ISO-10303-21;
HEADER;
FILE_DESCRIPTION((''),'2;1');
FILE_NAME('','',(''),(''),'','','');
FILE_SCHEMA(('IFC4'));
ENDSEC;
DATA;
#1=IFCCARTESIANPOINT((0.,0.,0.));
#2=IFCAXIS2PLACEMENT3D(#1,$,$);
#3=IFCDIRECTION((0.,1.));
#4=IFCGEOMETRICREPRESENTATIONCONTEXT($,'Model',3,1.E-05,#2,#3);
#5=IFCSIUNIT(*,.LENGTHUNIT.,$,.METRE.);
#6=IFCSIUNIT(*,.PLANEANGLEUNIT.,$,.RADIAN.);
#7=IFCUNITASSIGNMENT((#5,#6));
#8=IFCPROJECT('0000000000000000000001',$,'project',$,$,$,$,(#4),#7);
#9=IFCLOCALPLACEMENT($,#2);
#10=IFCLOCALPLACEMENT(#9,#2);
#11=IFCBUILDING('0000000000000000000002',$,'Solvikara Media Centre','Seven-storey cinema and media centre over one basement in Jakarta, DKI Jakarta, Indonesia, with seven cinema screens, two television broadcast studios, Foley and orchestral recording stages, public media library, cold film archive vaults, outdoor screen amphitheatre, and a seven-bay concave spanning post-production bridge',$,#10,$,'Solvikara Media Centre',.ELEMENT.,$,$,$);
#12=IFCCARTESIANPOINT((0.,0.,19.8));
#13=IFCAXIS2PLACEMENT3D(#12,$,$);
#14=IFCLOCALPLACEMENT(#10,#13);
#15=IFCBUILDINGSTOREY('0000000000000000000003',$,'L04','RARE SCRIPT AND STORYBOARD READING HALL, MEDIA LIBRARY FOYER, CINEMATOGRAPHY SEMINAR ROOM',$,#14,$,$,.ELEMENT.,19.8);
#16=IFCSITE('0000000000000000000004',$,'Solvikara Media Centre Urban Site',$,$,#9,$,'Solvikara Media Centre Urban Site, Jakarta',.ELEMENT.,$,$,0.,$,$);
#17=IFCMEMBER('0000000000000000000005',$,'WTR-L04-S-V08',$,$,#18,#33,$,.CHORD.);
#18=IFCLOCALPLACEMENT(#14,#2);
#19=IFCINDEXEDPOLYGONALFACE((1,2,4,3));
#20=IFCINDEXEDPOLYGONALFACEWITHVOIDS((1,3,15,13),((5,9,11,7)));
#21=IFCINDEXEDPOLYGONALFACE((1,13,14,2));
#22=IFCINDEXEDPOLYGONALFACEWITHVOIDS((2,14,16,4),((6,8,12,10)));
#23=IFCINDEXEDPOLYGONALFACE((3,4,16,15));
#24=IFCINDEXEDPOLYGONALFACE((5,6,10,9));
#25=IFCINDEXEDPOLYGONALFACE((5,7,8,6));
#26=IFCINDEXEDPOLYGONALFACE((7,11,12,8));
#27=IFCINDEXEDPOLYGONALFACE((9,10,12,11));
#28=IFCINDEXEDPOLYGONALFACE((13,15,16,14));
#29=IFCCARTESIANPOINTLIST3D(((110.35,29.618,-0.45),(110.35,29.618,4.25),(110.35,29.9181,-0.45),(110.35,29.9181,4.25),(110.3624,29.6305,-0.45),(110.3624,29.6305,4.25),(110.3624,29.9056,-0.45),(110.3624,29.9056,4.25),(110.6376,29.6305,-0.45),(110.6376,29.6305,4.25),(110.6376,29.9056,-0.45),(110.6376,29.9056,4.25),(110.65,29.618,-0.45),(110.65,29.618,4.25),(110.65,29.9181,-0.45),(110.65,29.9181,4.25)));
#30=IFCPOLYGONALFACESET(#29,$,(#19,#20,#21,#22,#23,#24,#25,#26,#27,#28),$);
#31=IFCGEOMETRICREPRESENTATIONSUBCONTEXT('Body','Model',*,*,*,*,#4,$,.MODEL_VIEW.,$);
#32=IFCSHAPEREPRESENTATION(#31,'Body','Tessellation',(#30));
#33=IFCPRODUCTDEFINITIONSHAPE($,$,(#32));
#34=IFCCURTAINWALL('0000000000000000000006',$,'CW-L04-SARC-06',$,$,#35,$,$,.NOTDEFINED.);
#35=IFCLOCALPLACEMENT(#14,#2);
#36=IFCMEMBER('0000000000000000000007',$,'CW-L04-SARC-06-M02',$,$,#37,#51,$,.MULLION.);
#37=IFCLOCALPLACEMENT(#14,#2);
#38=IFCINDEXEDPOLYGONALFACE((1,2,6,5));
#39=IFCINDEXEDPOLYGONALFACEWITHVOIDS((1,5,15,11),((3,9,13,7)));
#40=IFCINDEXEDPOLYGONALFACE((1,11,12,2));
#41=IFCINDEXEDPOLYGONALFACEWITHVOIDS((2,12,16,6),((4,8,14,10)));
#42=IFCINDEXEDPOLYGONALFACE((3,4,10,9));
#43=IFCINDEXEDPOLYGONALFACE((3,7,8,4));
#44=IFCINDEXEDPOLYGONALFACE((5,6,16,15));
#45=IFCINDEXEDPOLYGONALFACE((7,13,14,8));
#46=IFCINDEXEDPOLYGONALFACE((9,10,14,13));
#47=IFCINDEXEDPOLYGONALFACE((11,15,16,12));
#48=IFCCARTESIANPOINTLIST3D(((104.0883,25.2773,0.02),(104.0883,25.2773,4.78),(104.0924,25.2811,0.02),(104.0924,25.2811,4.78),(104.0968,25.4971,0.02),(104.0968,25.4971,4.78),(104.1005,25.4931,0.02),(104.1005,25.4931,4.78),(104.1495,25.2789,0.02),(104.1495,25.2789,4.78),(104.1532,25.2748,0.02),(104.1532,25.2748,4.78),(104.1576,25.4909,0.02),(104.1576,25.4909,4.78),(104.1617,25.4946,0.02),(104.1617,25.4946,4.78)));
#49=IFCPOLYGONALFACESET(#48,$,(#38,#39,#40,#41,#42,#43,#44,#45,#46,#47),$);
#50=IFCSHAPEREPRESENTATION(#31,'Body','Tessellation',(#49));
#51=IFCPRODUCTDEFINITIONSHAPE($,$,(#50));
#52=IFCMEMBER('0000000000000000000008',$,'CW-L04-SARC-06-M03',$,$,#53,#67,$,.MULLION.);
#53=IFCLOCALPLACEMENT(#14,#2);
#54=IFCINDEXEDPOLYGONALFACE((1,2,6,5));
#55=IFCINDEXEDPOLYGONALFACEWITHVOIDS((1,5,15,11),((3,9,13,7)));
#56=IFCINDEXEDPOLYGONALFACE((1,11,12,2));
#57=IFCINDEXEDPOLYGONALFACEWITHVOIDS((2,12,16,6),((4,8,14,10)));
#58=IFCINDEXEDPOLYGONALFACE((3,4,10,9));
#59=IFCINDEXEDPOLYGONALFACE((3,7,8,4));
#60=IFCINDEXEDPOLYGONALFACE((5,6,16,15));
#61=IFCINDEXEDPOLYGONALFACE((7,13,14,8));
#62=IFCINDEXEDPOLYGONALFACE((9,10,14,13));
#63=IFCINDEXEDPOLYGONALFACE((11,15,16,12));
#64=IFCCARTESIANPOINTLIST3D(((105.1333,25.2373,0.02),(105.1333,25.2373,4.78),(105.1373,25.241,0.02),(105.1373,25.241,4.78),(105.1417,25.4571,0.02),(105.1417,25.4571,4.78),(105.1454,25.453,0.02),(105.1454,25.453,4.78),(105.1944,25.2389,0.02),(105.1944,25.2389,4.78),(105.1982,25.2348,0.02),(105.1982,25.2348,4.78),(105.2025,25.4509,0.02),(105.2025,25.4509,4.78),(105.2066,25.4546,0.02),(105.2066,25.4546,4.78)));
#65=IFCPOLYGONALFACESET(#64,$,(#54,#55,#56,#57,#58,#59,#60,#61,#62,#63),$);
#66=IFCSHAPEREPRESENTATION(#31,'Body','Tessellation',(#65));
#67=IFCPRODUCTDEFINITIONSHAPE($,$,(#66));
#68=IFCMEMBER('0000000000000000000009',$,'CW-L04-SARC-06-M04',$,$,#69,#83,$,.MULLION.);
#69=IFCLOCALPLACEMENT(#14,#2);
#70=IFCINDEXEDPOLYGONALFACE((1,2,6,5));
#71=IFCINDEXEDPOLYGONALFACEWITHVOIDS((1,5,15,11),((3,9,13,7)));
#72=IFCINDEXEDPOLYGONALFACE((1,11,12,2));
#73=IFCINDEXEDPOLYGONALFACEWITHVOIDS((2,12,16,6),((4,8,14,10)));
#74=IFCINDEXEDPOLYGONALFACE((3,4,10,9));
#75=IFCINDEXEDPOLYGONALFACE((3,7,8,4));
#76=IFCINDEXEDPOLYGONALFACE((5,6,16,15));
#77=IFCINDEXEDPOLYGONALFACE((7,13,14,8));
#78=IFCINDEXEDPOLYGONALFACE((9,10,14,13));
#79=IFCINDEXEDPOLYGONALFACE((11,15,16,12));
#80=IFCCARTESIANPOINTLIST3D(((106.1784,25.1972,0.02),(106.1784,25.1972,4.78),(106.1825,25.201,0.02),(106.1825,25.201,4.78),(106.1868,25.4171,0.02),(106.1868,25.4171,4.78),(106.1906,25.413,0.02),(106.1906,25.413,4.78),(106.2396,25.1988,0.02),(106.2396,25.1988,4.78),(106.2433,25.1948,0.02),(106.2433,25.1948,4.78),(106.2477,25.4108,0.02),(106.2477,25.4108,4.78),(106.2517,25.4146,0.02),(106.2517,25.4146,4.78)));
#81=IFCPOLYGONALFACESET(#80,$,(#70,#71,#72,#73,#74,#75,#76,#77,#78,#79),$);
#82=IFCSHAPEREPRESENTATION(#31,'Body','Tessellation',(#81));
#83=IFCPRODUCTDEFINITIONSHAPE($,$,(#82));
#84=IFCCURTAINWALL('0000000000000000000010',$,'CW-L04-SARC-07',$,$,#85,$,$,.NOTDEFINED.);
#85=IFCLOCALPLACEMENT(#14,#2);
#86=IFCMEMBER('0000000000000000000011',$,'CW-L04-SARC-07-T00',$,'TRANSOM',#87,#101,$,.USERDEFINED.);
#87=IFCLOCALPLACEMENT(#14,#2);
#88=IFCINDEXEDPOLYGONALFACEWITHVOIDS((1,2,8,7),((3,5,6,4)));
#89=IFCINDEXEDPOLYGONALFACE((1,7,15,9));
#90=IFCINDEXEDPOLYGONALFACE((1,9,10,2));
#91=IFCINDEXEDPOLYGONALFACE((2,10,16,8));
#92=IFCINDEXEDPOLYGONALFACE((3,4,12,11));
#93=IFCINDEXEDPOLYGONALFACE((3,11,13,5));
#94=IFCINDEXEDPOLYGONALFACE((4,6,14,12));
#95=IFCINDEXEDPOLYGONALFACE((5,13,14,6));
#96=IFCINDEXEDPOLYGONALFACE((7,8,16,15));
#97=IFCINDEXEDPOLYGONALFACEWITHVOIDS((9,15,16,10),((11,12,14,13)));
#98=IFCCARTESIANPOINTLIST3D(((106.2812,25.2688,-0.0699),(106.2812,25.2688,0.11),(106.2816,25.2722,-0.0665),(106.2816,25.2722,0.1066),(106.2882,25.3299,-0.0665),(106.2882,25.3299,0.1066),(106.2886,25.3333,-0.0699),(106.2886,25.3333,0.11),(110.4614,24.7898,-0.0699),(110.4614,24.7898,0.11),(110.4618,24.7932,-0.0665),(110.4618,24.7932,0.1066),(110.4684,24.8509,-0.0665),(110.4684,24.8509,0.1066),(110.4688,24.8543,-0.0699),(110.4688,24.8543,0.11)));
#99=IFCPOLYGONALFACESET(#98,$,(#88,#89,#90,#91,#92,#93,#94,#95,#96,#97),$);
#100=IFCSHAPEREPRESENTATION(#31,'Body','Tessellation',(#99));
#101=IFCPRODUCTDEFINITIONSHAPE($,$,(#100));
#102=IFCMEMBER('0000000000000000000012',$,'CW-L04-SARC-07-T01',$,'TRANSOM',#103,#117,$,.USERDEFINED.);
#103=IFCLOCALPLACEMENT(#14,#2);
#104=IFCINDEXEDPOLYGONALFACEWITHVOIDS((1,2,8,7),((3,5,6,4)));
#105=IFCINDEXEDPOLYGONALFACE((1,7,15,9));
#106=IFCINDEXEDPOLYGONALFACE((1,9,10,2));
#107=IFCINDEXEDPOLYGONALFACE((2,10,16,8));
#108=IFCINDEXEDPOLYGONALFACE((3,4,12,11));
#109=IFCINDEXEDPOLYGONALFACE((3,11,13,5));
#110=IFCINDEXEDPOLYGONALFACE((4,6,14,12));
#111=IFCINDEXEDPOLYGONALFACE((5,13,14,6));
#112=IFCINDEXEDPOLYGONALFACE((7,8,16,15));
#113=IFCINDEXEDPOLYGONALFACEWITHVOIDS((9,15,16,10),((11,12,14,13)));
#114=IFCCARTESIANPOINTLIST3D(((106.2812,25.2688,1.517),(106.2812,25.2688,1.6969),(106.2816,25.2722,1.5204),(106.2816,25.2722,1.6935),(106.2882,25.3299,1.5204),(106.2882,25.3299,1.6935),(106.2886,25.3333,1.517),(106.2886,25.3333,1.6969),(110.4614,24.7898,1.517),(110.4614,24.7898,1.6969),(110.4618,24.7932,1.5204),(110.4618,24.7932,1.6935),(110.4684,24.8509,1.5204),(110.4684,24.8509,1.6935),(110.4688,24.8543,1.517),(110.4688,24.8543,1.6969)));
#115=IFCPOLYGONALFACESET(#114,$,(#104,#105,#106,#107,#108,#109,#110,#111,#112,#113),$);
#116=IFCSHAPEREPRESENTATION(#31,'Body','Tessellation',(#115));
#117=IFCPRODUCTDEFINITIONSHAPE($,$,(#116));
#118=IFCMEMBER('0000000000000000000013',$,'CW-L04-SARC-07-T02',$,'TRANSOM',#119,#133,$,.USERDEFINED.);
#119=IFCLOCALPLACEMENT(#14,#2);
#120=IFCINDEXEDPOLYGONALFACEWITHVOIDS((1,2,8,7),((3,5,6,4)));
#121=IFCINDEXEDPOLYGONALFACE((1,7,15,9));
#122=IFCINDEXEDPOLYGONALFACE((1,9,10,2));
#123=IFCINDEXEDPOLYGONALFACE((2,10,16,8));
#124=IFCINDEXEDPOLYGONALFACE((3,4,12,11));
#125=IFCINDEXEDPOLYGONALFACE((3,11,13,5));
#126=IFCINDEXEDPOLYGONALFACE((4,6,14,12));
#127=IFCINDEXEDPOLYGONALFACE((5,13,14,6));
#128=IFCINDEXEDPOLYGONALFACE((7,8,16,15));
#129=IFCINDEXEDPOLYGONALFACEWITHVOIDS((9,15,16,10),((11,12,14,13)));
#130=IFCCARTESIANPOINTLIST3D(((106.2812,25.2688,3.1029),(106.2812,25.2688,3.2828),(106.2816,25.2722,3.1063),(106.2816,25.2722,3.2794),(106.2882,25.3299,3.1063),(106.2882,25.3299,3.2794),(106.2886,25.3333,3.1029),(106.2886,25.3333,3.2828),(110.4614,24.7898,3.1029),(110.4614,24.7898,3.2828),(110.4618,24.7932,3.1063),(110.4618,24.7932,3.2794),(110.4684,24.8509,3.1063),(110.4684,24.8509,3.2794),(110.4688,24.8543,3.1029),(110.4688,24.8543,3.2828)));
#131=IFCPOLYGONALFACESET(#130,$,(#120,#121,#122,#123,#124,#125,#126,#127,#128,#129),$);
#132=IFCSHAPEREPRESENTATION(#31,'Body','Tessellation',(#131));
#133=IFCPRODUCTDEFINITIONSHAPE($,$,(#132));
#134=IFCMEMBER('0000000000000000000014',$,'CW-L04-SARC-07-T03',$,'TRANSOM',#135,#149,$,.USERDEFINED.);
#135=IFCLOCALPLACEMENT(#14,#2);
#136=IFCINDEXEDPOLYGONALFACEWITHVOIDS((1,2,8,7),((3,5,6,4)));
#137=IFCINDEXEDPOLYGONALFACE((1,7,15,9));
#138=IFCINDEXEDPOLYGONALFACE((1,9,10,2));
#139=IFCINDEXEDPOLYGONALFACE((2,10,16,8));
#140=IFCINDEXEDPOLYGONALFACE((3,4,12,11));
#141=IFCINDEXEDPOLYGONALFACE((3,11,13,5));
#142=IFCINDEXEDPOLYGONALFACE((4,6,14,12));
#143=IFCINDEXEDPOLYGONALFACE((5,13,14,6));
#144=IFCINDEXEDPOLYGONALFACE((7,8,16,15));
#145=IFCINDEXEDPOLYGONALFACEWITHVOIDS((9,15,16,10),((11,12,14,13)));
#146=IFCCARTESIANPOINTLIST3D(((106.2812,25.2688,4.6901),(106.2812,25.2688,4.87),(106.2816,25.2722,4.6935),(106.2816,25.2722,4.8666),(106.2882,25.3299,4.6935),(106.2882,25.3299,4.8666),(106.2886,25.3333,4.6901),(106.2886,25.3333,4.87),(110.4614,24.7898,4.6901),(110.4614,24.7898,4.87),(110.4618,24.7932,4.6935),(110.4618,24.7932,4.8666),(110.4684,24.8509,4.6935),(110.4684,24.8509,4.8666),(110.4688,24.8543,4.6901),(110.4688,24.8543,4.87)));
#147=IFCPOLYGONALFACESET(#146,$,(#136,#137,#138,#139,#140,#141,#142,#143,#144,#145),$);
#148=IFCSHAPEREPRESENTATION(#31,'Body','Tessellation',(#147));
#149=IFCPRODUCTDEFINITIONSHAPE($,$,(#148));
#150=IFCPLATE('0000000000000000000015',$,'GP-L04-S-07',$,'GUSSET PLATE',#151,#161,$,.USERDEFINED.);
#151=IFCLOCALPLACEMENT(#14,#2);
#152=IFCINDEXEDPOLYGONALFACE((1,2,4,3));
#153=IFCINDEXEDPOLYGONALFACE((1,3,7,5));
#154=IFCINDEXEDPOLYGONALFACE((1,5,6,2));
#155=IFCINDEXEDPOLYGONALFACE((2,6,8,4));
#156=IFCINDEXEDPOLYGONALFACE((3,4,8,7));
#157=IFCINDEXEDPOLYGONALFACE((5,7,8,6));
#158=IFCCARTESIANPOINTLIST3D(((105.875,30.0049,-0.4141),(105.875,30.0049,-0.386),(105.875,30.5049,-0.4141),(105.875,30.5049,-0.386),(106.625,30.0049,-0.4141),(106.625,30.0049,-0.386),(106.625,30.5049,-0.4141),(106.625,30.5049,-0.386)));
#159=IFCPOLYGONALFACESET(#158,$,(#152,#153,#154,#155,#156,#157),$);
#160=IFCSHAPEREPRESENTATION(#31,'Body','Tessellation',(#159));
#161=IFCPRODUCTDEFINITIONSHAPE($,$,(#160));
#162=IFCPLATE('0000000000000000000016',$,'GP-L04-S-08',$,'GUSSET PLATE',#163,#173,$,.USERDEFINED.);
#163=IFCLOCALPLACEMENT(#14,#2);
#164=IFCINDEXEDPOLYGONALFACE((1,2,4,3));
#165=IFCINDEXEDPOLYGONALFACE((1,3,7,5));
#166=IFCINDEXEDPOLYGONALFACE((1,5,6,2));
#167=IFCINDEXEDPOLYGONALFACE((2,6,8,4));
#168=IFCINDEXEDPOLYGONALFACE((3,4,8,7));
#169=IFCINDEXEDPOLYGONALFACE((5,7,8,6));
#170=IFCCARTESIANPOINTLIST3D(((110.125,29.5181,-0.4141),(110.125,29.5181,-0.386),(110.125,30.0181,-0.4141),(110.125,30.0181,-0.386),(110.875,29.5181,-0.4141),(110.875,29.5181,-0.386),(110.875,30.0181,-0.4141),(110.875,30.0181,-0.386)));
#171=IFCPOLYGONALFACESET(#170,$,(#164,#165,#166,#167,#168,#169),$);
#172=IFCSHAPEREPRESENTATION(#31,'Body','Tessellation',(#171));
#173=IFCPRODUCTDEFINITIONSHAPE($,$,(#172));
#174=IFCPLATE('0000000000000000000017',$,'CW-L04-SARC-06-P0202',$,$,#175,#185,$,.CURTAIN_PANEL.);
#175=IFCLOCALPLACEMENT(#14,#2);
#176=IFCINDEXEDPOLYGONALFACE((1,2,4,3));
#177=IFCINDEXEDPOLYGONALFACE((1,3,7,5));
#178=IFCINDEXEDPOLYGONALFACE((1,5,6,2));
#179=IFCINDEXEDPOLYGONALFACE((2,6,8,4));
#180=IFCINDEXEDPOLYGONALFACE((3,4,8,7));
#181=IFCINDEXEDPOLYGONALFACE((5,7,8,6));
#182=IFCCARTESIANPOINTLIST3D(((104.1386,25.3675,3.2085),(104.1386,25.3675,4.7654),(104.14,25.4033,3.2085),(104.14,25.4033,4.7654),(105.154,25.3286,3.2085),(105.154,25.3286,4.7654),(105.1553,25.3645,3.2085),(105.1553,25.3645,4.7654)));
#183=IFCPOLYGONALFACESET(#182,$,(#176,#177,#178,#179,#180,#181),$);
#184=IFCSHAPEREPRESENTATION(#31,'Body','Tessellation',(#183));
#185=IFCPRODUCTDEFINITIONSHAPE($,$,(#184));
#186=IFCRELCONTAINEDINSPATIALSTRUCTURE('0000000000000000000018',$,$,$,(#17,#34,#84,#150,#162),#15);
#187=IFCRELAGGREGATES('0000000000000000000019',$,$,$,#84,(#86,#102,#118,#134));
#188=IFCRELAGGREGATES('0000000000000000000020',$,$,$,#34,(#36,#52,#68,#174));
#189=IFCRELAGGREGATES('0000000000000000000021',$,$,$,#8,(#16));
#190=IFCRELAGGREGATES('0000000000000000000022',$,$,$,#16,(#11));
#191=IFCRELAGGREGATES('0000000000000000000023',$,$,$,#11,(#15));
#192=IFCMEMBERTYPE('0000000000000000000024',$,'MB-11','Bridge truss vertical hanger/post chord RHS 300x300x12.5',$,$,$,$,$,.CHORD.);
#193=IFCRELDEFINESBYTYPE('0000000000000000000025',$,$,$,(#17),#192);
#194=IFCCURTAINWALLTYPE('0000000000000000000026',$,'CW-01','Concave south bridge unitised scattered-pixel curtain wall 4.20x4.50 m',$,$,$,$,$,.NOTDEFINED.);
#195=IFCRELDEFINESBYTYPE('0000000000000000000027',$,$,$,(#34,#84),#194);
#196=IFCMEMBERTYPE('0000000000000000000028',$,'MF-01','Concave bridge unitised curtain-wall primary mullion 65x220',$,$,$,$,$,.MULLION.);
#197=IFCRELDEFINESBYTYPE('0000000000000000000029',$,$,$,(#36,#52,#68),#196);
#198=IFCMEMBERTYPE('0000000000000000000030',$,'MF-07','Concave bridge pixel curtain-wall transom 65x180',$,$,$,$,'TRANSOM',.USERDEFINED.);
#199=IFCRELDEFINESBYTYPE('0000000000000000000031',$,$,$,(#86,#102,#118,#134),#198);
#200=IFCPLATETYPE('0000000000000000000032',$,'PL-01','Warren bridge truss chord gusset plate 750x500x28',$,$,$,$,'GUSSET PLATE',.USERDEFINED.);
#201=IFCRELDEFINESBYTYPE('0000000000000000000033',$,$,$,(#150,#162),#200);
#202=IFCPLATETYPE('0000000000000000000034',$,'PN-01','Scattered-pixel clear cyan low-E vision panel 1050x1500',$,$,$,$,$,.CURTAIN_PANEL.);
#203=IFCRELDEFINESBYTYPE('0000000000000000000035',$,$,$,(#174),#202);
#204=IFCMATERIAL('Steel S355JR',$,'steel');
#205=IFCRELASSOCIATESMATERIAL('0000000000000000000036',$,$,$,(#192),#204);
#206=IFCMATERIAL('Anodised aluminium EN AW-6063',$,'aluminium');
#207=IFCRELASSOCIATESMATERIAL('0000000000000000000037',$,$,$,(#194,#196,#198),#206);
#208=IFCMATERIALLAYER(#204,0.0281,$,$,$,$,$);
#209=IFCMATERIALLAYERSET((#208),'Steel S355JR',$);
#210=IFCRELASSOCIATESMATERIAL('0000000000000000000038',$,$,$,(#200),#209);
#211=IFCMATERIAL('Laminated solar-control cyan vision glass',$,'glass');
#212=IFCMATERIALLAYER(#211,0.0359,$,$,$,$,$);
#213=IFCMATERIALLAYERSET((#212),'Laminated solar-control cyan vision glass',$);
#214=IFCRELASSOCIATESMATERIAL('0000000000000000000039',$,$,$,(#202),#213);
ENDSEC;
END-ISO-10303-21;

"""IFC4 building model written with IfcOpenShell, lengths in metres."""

from ifc_helpers import new_model, si_unit, direction, frame, origin, origin_2d, place, context, subcontext, project, spatial, rectangle, hollow_rectangle, extrude, material, layer, layer_set, material_profile, profile_set, type_object, element, aggregate, save


model = new_model("IFC4")

# Units and contexts
model_context = context("Model", 3, precision=1e-05, world=origin(), true_north=direction((0.0, 1.0)))
body_context = subcontext(model_context, "Body", "Model", "MODEL_VIEW")
ifc_project = project(units=[si_unit("LENGTHUNIT", "METRE"), si_unit("PLANEANGLEUNIT", "RADIAN")], contexts=[model_context])

# Site, building, storey
site_placement = place(None, origin())
site = spatial("IfcSite", under=ifc_project, at=site_placement, Name="Solvikara Media Centre Urban Site", LongName="Solvikara Media Centre Urban Site, Jakarta", CompositionType="ELEMENT", RefElevation=0.0)
building_placement = place(site_placement, origin())
building = spatial("IfcBuilding", under=site, at=building_placement, Name="Solvikara Media Centre", Description="Seven-storey cinema and media centre over one basement in Jakarta, DKI Jakarta, Indonesia, with seven cinema screens, two television broadcast studios, Foley and orchestral recording stages, public media library, cold film archive vaults, outdoor screen amphitheatre, and a seven-bay concave spanning post-production bridge", LongName="Solvikara Media Centre", CompositionType="ELEMENT")
storey_placement = place(building_placement, frame((0.0, 0.0, 19.8)))
storey = spatial("IfcBuildingStorey", under=building, at=storey_placement, Name="L04", Description="RARE SCRIPT AND STORYBOARD READING HALL, MEDIA LIBRARY FOYER, CINEMATOGRAPHY SEMINAR ROOM", CompositionType="ELEMENT", Elevation=19.8)

# Shared definitions
ifc_material_1 = material(Name="Steel S355JR", Category="steel")

# Member
ifc_material_profile_1 = material_profile(ifc_material_1, hollow_rectangle(XDim=0.3, YDim=0.3, WallThickness=0.0125, at=origin_2d()), Name="RHS 300x300x12.5")
ifc_profile_set_1 = profile_set([ifc_material_profile_1], Name="Steel S355JR")
member_type_1 = type_object("IfcMemberType", Name="MB-11", Description="Bridge truss vertical hanger/post chord RHS 300x300x12.5", PredefinedType="CHORD", material=ifc_profile_set_1)
for number, where, z_axis, x_axis, name in (
    (1, (110.5, 29.7681, -0.45), (0.0, 0.0, 1.0), (1.0, 0.0, 0.0), "WTR-L04-S-V08"),
):
    element("IfcMember", number, at=place(storey_placement, frame(where, z_axis=z_axis, x_axis=x_axis)), inside=storey, type_object=member_type_1, Name=name, PredefinedType="CHORD", context=body_context, shape_type="SweptSolid", body=[
        extrude(hollow_rectangle(XDim=0.3, YDim=0.3, WallThickness=0.0125, at=origin_2d()), origin(), (0.0, 0.0, 1.0), 4.7),
    ])

# Curtain walls, members
ifc_material_2 = material(Name="Anodised aluminium EN AW-6063", Category="aluminium")
curtain_wall_type = type_object("IfcCurtainWallType", Name="CW-01", Description="Concave south bridge unitised scattered-pixel curtain wall 4.20x4.50 m", PredefinedType="NOTDEFINED", material=ifc_material_2)
curtain_wall_1_placement = place(storey_placement, origin())
curtain_wall_1 = element("IfcCurtainWall", 2, at=curtain_wall_1_placement, inside=storey, type_object=curtain_wall_type, Name="CW-L04-SARC-06", PredefinedType="NOTDEFINED")
ifc_material_profile_2 = material_profile(ifc_material_2, hollow_rectangle(XDim=0.0649, YDim=0.22, WallThickness=0.0039, at=origin_2d()), Name="ALU-M 65x220x4")
ifc_profile_set_2 = profile_set([ifc_material_profile_2], Name="Anodised aluminium EN AW-6063")
member_type_2 = type_object("IfcMemberType", Name="MF-01", Description="Concave bridge unitised curtain-wall primary mullion 65x220", PredefinedType="MULLION", material=ifc_profile_set_2)
member_1_placement = place(storey_placement, frame((104.125, 25.386, 0.02), z_axis=(0.0, 0.0, 1.0), x_axis=(0.999268, -0.038248, 0.0)))
member_1 = element("IfcMember", 3, at=member_1_placement, type_object=member_type_2, Name="CW-L04-SARC-06-M02", PredefinedType="MULLION", context=body_context, shape_type="SweptSolid", body=[
    extrude(hollow_rectangle(XDim=0.0649, YDim=0.22, WallThickness=0.0039, at=origin_2d()), origin(), (0.0, 0.0, 1.0), 4.76),
])
member_2_placement = place(storey_placement, frame((105.1699, 25.3459, 0.02), z_axis=(0.0, 0.0, 1.0), x_axis=(0.999268, -0.038248, 0.0)))
member_2 = element("IfcMember", 4, at=member_2_placement, type_object=member_type_2, Name="CW-L04-SARC-06-M03", PredefinedType="MULLION", context=body_context, shape_type="SweptSolid", body=[
    extrude(hollow_rectangle(XDim=0.0649, YDim=0.22, WallThickness=0.0039, at=origin_2d()), origin(), (0.0, 0.0, 1.0), 4.76),
])
member_3_placement = place(storey_placement, frame((106.2151, 25.3059, 0.02), z_axis=(0.0, 0.0, 1.0), x_axis=(0.999268, -0.038248, 0.0)))
member_3 = element("IfcMember", 5, at=member_3_placement, type_object=member_type_2, Name="CW-L04-SARC-06-M04", PredefinedType="MULLION", context=body_context, shape_type="SweptSolid", body=[
    extrude(hollow_rectangle(XDim=0.0649, YDim=0.22, WallThickness=0.0039, at=origin_2d()), origin(), (0.0, 0.0, 1.0), 4.76),
])
curtain_wall_2_placement = place(storey_placement, origin())
curtain_wall_2 = element("IfcCurtainWall", 6, at=curtain_wall_2_placement, inside=storey, type_object=curtain_wall_type, Name="CW-L04-SARC-07", PredefinedType="NOTDEFINED")
ifc_material_profile_3 = material_profile(ifc_material_2, hollow_rectangle(XDim=0.0649, YDim=0.1799, WallThickness=0.0034, at=origin_2d()), Name="ALU-T 65x180x3.5")
ifc_profile_set_3 = profile_set([ifc_material_profile_3], Name="Anodised aluminium EN AW-6063")
member_type_3 = type_object("IfcMemberType", Name="MF-07", Description="Concave bridge pixel curtain-wall transom 65x180", ElementType="TRANSOM", PredefinedType="USERDEFINED", material=ifc_profile_set_3)
member_4_placement = place(storey_placement, frame((106.2849, 25.301, 0.02), z_axis=(0.993499, -0.113844, 0.0), x_axis=(0.113844, 0.993499, 0.0)))
member_4 = element("IfcMember", 7, at=member_4_placement, type_object=member_type_3, Name="CW-L04-SARC-07-T00", ObjectType="TRANSOM", PredefinedType="USERDEFINED", context=body_context, shape_type="SweptSolid", body=[
    extrude(hollow_rectangle(XDim=0.0649, YDim=0.1799, WallThickness=0.0034, at=origin_2d()), origin(), (0.0, 0.0, 1.0), 4.2075),
])
member_5_placement = place(storey_placement, frame((106.2849, 25.301, 1.6069), z_axis=(0.993499, -0.113844, 0.0), x_axis=(0.113844, 0.993499, 0.0)))
member_5 = element("IfcMember", 8, at=member_5_placement, type_object=member_type_3, Name="CW-L04-SARC-07-T01", ObjectType="TRANSOM", PredefinedType="USERDEFINED", context=body_context, shape_type="SweptSolid", body=[
    extrude(hollow_rectangle(XDim=0.0649, YDim=0.1799, WallThickness=0.0034, at=origin_2d()), origin(), (0.0, 0.0, 1.0), 4.2075),
])
member_6_placement = place(storey_placement, frame((106.2849, 25.301, 3.1929), z_axis=(0.993499, -0.113844, 0.0), x_axis=(0.113844, 0.993499, 0.0)))
member_6 = element("IfcMember", 9, at=member_6_placement, type_object=member_type_3, Name="CW-L04-SARC-07-T02", ObjectType="TRANSOM", PredefinedType="USERDEFINED", context=body_context, shape_type="SweptSolid", body=[
    extrude(hollow_rectangle(XDim=0.0649, YDim=0.1799, WallThickness=0.0034, at=origin_2d()), origin(), (0.0, 0.0, 1.0), 4.2075),
])
member_7_placement = place(storey_placement, frame((106.2849, 25.301, 4.78), z_axis=(0.993499, -0.113844, 0.0), x_axis=(0.113844, 0.993499, 0.0)))
member_7 = element("IfcMember", 10, at=member_7_placement, type_object=member_type_3, Name="CW-L04-SARC-07-T03", ObjectType="TRANSOM", PredefinedType="USERDEFINED", context=body_context, shape_type="SweptSolid", body=[
    extrude(hollow_rectangle(XDim=0.0649, YDim=0.1799, WallThickness=0.0034, at=origin_2d()), origin(), (0.0, 0.0, 1.0), 4.2075),
])
aggregate(curtain_wall_2, [member_4, member_5, member_6, member_7])

# Plates
ifc_layer_1 = layer(ifc_material_1, 0.0281)
ifc_layer_set_1 = layer_set([ifc_layer_1], Name="Steel S355JR")
plate_type_1 = type_object("IfcPlateType", Name="PL-01", Description="Warren bridge truss chord gusset plate 750x500x28", ElementType="GUSSET PLATE", PredefinedType="USERDEFINED", material=ifc_layer_set_1)
for number, where, z_axis, x_axis, name in (
    (11, (106.25, 30.2549, -0.4141), (0.0, 0.0, 1.0), (1.0, 0.0, 0.0), "GP-L04-S-07"),
    (12, (110.5, 29.7681, -0.4141), (0.0, 0.0, 1.0), (1.0, 0.0, 0.0), "GP-L04-S-08"),
):
    element("IfcPlate", number, at=place(storey_placement, frame(where, z_axis=z_axis, x_axis=x_axis)), inside=storey, type_object=plate_type_1, Name=name, ObjectType="GUSSET PLATE", PredefinedType="USERDEFINED", context=body_context, shape_type="SweptSolid", body=[
        extrude(rectangle(XDim=0.75, YDim=0.5, at=origin_2d()), origin(), (0.0, 0.0, 1.0), 0.0281),
    ])

# Plate
ifc_material_3 = material(Name="Laminated solar-control cyan vision glass", Category="glass")
ifc_layer_2 = layer(ifc_material_3, 0.0359)
ifc_layer_set_2 = layer_set([ifc_layer_2], Name="Laminated solar-control cyan vision glass")
plate_type_2 = type_object("IfcPlateType", Name="PN-01", Description="Scattered-pixel clear cyan low-E vision panel 1050x1500", PredefinedType="CURTAIN_PANEL", material=ifc_layer_set_2)
plate_1_placement = place(storey_placement, frame((104.647, 25.366, 3.2085), z_axis=(0.0, 0.0, 1.0), x_axis=(0.999268, -0.038248, 0.0)))
plate_1 = element("IfcPlate", 13, at=plate_1_placement, type_object=plate_type_2, Name="CW-L04-SARC-06-P0202", PredefinedType="CURTAIN_PANEL", context=body_context, shape_type="SweptSolid", body=[
    extrude(rectangle(XDim=1.0161, YDim=0.0359, at=origin_2d()), origin(), (0.0, 0.0, 1.0), 1.5569),
])
aggregate(curtain_wall_1, [member_1, member_2, member_3, plate_1])

save(model, "model.ifc")
